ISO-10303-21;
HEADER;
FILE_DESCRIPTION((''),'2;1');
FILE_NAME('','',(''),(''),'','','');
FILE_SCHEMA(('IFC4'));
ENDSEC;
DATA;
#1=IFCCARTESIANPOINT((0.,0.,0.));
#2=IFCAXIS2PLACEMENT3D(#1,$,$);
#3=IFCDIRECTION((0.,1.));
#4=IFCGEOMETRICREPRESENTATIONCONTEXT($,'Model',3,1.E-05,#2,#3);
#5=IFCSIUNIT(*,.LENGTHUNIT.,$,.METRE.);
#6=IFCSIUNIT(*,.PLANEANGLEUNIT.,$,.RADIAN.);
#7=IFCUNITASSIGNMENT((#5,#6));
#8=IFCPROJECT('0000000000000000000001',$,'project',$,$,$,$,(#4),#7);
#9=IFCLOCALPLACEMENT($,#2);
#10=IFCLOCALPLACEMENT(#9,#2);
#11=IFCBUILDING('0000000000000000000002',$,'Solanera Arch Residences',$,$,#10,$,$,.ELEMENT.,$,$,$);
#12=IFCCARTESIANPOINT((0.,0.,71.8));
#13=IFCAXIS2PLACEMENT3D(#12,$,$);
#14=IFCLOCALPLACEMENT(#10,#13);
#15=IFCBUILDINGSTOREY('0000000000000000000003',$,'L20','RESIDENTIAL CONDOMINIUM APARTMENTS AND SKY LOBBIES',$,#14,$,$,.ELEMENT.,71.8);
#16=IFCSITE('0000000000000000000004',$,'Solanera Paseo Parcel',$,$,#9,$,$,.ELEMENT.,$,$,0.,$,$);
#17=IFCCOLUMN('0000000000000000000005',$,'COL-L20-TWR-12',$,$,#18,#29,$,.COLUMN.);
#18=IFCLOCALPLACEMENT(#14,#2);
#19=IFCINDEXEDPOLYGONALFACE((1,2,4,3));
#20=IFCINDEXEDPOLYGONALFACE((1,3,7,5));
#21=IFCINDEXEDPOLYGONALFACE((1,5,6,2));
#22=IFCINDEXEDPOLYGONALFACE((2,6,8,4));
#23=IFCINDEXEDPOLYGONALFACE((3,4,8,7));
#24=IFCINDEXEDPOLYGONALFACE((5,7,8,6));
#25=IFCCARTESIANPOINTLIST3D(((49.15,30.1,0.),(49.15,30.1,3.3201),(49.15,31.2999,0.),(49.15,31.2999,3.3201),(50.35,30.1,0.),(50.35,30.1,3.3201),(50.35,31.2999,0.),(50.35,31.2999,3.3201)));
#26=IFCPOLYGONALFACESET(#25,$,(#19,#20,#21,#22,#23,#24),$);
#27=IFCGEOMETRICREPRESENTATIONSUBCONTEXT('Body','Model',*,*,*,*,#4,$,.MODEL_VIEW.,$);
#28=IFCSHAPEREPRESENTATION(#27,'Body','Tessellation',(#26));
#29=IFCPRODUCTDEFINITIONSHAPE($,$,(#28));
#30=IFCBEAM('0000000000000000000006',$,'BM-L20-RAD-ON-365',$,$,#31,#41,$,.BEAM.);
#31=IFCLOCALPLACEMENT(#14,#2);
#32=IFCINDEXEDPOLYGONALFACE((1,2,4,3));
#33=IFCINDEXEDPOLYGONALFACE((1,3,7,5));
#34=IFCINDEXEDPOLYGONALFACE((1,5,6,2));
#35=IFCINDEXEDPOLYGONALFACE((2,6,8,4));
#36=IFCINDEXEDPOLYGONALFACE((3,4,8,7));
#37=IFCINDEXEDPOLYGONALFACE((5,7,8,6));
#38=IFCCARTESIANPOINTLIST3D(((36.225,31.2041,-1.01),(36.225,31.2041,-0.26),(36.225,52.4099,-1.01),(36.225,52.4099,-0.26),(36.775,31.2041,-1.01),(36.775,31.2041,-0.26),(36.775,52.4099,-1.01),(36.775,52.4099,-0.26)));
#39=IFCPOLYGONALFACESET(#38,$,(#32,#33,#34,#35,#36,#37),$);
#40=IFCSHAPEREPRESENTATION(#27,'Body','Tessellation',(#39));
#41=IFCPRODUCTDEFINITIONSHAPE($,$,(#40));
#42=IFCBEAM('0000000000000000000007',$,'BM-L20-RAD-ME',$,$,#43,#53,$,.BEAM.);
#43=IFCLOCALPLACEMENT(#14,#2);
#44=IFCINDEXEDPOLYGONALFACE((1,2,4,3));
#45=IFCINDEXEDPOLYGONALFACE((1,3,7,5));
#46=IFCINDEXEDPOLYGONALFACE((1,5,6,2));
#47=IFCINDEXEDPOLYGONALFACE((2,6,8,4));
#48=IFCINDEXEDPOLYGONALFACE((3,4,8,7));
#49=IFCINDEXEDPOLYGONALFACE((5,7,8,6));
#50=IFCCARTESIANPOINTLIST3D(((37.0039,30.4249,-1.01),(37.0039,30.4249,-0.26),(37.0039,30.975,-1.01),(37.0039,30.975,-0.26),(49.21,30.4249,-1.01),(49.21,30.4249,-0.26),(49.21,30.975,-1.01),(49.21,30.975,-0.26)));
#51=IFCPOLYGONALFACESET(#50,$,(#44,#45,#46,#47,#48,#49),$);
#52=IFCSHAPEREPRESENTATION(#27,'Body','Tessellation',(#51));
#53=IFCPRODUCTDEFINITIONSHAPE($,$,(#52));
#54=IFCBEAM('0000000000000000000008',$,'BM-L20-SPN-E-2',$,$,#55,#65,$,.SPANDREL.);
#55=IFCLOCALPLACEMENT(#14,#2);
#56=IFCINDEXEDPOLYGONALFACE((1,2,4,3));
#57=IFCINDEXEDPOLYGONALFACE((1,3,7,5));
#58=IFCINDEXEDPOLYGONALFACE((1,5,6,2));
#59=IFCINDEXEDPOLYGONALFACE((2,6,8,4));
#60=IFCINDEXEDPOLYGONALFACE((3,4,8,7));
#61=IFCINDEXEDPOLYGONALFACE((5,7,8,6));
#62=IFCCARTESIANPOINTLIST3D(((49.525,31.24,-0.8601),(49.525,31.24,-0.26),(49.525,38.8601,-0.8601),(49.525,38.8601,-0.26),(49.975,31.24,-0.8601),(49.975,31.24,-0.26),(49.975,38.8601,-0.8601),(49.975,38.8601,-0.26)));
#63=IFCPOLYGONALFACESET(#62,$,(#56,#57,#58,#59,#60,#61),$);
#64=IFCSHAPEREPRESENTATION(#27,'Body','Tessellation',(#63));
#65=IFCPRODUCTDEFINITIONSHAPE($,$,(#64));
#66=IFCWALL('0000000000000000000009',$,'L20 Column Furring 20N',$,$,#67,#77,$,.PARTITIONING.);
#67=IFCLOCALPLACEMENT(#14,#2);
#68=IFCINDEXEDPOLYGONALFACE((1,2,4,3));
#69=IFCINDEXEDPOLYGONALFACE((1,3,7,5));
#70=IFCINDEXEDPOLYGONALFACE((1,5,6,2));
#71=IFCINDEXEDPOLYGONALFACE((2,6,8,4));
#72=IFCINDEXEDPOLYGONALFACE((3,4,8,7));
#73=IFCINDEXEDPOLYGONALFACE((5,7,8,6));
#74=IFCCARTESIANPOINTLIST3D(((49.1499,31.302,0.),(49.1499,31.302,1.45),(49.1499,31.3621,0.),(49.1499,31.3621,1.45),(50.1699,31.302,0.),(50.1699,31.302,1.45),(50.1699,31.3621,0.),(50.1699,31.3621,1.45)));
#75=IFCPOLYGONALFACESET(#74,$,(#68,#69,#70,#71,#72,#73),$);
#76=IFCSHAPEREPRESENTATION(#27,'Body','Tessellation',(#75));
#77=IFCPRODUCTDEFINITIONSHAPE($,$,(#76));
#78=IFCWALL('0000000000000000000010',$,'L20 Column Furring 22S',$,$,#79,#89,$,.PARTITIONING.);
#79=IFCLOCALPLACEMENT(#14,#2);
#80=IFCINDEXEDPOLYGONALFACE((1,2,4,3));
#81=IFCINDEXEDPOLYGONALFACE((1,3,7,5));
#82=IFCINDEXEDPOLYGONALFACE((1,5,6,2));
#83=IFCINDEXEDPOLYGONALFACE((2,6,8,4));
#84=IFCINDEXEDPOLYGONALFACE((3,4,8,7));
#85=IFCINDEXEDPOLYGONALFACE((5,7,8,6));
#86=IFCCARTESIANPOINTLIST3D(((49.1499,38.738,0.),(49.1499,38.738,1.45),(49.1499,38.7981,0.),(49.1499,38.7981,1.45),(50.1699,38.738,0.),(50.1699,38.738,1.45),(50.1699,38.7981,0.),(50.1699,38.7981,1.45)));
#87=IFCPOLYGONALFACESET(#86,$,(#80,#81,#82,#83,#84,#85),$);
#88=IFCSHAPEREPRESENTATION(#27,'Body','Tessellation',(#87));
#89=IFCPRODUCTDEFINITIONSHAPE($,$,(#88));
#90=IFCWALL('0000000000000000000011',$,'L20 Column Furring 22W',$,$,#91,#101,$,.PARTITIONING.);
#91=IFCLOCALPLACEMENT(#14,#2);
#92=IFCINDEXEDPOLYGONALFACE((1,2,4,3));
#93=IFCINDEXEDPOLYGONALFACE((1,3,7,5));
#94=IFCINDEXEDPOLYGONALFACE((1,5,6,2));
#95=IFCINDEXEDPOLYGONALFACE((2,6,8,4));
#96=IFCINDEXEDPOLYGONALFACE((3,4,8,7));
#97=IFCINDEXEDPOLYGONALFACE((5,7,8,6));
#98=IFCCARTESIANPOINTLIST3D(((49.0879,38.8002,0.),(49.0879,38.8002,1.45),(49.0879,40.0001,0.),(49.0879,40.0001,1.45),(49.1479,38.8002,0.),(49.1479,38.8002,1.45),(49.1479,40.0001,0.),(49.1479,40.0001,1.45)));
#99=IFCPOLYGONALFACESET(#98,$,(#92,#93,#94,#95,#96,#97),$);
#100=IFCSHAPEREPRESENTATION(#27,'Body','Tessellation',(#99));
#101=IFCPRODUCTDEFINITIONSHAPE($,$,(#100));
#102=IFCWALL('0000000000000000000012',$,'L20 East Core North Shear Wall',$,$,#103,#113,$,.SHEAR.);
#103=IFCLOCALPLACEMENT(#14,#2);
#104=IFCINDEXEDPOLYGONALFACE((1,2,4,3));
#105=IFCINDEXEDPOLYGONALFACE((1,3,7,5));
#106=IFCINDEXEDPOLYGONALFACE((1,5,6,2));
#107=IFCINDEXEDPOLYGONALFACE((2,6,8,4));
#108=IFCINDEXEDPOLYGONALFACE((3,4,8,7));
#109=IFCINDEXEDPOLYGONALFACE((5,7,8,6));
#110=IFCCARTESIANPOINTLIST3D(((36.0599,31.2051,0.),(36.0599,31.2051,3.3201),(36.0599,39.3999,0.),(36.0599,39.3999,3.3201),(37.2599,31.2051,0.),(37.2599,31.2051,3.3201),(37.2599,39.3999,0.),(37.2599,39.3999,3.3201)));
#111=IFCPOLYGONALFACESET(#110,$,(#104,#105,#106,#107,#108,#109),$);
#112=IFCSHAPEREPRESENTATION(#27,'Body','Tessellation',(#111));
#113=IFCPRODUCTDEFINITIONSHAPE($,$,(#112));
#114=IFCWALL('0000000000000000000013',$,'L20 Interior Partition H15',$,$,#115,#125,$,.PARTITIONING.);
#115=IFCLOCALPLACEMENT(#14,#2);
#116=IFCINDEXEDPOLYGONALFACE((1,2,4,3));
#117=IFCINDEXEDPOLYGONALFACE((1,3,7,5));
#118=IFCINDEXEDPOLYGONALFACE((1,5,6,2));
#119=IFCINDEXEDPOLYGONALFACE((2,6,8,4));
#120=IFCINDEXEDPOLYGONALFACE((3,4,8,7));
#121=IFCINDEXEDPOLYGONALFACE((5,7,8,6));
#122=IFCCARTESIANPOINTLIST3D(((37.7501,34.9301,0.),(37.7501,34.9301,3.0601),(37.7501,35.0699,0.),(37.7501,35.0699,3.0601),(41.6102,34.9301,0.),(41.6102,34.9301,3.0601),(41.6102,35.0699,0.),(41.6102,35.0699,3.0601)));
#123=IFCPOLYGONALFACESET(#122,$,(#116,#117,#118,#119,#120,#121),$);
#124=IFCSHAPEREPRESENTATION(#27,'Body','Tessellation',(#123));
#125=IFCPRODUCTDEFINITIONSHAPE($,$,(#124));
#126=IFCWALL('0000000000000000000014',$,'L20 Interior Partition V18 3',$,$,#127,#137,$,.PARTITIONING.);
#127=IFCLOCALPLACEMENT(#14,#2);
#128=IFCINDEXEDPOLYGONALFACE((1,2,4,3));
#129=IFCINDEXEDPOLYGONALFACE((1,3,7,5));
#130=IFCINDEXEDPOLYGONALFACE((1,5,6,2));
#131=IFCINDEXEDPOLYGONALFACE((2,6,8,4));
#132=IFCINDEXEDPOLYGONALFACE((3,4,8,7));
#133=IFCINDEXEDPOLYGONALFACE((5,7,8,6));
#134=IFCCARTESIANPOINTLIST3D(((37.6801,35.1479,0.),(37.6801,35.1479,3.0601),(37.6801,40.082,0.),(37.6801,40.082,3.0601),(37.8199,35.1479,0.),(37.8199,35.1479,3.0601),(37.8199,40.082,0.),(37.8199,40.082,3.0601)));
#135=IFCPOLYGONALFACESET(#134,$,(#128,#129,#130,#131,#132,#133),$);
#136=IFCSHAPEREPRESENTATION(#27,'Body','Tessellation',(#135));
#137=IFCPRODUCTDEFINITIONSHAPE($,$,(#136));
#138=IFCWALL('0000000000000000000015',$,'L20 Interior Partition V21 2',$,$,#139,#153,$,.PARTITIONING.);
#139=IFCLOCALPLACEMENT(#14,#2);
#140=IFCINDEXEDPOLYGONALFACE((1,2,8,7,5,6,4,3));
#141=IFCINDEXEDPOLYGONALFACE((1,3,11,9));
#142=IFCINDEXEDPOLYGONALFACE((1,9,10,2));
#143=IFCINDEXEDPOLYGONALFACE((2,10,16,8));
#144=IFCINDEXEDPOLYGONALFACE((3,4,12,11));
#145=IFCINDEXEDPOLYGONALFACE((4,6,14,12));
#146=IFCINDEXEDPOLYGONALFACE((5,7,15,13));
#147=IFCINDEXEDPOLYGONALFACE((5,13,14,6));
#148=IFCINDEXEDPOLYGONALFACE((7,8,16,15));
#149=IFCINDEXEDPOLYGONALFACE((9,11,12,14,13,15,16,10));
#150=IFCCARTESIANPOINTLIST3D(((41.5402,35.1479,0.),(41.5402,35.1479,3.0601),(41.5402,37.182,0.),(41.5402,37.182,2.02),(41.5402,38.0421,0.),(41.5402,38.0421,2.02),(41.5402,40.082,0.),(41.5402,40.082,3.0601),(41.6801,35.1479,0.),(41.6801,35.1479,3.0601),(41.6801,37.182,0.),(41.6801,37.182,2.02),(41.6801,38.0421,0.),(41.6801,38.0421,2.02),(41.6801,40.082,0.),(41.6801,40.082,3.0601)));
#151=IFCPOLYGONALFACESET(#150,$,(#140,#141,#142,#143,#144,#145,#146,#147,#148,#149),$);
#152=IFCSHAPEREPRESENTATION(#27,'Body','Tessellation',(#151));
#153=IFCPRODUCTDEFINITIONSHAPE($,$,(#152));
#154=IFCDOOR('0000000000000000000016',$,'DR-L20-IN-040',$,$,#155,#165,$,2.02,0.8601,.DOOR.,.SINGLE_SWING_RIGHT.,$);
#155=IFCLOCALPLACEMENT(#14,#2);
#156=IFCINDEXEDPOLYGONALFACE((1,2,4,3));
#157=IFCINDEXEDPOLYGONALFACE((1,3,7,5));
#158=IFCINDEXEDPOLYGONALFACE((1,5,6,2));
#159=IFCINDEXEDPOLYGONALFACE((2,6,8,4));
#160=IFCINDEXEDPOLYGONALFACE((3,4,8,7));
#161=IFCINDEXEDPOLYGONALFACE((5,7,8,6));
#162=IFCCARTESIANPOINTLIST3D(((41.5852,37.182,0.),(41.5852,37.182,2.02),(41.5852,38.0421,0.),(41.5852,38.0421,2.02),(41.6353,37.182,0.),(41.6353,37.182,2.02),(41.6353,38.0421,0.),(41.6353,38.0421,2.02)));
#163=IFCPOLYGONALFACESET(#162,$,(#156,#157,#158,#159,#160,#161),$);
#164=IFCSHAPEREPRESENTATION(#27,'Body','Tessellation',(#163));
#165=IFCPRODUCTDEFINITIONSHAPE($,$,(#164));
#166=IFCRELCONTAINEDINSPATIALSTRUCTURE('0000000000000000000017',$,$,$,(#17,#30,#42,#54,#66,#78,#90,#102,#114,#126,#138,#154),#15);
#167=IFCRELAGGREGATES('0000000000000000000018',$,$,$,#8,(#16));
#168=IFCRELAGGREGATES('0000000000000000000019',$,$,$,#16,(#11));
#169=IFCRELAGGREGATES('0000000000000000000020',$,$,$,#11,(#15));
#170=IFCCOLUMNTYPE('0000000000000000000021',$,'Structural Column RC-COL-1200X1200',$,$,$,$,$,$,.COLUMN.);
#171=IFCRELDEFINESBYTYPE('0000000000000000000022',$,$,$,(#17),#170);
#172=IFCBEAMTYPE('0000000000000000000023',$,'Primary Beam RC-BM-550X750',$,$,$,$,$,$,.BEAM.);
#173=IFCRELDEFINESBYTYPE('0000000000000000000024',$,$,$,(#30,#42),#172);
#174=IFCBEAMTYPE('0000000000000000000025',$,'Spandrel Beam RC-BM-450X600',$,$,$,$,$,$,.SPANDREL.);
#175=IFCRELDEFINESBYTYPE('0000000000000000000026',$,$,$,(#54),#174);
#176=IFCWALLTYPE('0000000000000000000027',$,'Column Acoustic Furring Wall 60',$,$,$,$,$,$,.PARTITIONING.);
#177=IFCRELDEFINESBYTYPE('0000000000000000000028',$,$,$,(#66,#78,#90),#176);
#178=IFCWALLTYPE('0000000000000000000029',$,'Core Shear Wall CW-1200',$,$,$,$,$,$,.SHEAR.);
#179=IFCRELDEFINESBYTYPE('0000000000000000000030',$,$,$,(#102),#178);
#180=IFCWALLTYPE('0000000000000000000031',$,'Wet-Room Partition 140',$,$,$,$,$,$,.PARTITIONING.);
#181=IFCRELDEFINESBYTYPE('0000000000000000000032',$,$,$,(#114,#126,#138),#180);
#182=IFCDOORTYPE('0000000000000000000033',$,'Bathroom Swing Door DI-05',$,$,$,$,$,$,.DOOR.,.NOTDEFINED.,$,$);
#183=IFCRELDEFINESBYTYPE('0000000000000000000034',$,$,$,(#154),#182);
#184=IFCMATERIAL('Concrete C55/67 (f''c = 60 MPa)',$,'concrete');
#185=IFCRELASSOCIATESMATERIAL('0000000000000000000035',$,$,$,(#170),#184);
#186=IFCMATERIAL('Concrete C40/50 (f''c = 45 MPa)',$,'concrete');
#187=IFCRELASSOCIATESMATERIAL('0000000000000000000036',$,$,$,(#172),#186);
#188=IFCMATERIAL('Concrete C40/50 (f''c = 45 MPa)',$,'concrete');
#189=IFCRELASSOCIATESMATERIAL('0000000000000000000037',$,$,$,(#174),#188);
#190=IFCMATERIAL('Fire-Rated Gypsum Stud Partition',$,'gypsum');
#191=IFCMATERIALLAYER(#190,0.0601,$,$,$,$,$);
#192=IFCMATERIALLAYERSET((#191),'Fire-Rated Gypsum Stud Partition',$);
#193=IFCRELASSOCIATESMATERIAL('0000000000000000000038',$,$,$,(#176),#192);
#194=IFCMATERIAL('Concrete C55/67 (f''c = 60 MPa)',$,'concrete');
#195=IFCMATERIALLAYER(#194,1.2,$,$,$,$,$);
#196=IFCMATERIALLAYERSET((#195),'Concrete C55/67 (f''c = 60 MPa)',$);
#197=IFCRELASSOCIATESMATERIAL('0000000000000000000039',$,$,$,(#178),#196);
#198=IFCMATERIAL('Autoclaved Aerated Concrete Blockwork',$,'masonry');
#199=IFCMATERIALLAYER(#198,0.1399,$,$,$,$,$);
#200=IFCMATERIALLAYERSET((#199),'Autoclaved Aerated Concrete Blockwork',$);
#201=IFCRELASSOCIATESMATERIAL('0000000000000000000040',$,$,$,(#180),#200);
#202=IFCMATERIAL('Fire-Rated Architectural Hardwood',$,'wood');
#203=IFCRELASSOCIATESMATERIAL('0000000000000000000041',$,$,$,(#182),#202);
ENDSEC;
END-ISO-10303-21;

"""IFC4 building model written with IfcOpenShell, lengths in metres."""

from ifc_helpers import new_model, si_unit, direction, frame, frame_2d, origin, origin_2d, place, context, subcontext, project, spatial, rectangle, extrude, material, layer, layer_set, material_profile, profile_set, type_object, element, fill, save


model = new_model("IFC4")

# Units and contexts
model_context = context("Model", 3, precision=1e-05, world=origin(), true_north=direction((0.0, 1.0)))
body_context = subcontext(model_context, "Body", "Model", "MODEL_VIEW")
ifc_project = project(units=[si_unit("LENGTHUNIT", "METRE"), si_unit("PLANEANGLEUNIT", "RADIAN")], contexts=[model_context])

# Site, building, storey
site_placement = place(None, origin())
site = spatial("IfcSite", under=ifc_project, at=site_placement, Name="Solanera Paseo Parcel", CompositionType="ELEMENT", RefElevation=0.0)
building_placement = place(site_placement, origin())
building = spatial("IfcBuilding", under=site, at=building_placement, Name="Solanera Arch Residences", CompositionType="ELEMENT")
storey_placement = place(building_placement, frame((0.0, 0.0, 71.8)))
storey = spatial("IfcBuildingStorey", under=building, at=storey_placement, Name="L20", Description="RESIDENTIAL CONDOMINIUM APARTMENTS AND SKY LOBBIES", CompositionType="ELEMENT", Elevation=71.8)

# Column
ifc_material_1 = material(Name="Concrete C55/67 (f'c = 60 MPa)", Category="concrete")
ifc_material_profile_1 = material_profile(ifc_material_1, rectangle(XDim=1.2, YDim=1.2, at=origin_2d()))
ifc_profile_set_1 = profile_set([ifc_material_profile_1], Name="Concrete C55/67 (f'c = 60 MPa)")
column_type = type_object("IfcColumnType", Name="Structural Column RC-COL-1200X1200", PredefinedType="COLUMN", material=ifc_profile_set_1)
column_placement = place(storey_placement, frame((49.75, 30.7, 0.0), z_axis=(0.0, 0.0, 1.0), x_axis=(1.0, 0.0, 0.0)))
element("IfcColumn", 1, at=column_placement, inside=storey, type_object=column_type, Name="COL-L20-TWR-12", PredefinedType="COLUMN", context=body_context, shape_type="SweptSolid", body=[
    extrude(rectangle(XDim=1.2, YDim=1.2, at=origin_2d()), origin(), (0.0, 0.0, 1.0), 3.3201),
])

# Beams
ifc_material_2 = material(Name="Concrete C40/50 (f'c = 45 MPa)", Category="concrete")
ifc_material_profile_2 = material_profile(ifc_material_2, rectangle(XDim=0.55, YDim=0.75, at=origin_2d()))
ifc_profile_set_2 = profile_set([ifc_material_profile_2], Name="Concrete C40/50 (f'c = 45 MPa)")
beam_type_1 = type_object("IfcBeamType", Name="Primary Beam RC-BM-550X750", PredefinedType="BEAM", material=ifc_profile_set_2)
beam_1_placement = place(storey_placement, frame((36.5, 31.2041, -0.635), z_axis=(0.0, 1.0, 0.0), x_axis=(-1.0, 0.0, 0.0)))
element("IfcBeam", 2, at=beam_1_placement, inside=storey, type_object=beam_type_1, Name="BM-L20-RAD-ON-365", PredefinedType="BEAM", context=body_context, shape_type="SweptSolid", body=[
    extrude(rectangle(XDim=0.55, YDim=0.75, at=origin_2d()), origin(), (0.0, 0.0, 1.0), 21.2058),
])
beam_2_placement = place(storey_placement, frame((37.0039, 30.7, -0.635), z_axis=(1.0, 0.0, 0.0), x_axis=(0.0, 1.0, 0.0)))
element("IfcBeam", 3, at=beam_2_placement, inside=storey, type_object=beam_type_1, Name="BM-L20-RAD-ME", PredefinedType="BEAM", context=body_context, shape_type="SweptSolid", body=[
    extrude(rectangle(XDim=0.55, YDim=0.75, at=origin_2d()), origin(), (0.0, 0.0, 1.0), 12.2061),
])
ifc_material_3 = material(Name="Concrete C40/50 (f'c = 45 MPa)", Category="concrete")
ifc_material_profile_3 = material_profile(ifc_material_3, rectangle(XDim=0.45, YDim=0.6001, at=origin_2d()))
ifc_profile_set_3 = profile_set([ifc_material_profile_3], Name="Concrete C40/50 (f'c = 45 MPa)")
beam_type_2 = type_object("IfcBeamType", Name="Spandrel Beam RC-BM-450X600", PredefinedType="SPANDREL", material=ifc_profile_set_3)
beam_3_placement = place(storey_placement, frame((49.75, 31.24, -0.5601), z_axis=(0.0, 1.0, 0.0), x_axis=(-1.0, 0.0, 0.0)))
element("IfcBeam", 4, at=beam_3_placement, inside=storey, type_object=beam_type_2, Name="BM-L20-SPN-E-2", PredefinedType="SPANDREL", context=body_context, shape_type="SweptSolid", body=[
    extrude(rectangle(XDim=0.45, YDim=0.6001, at=origin_2d()), origin(), (0.0, 0.0, 1.0), 7.6201),
])

# Walls
ifc_material_4 = material(Name="Fire-Rated Gypsum Stud Partition", Category="gypsum")
ifc_layer_1 = layer(ifc_material_4, 0.0601)
ifc_layer_set_1 = layer_set([ifc_layer_1], Name="Fire-Rated Gypsum Stud Partition")
wall_type_1 = type_object("IfcWallType", Name="Column Acoustic Furring Wall 60", PredefinedType="PARTITIONING", material=ifc_layer_set_1)
for number, where, z_axis, x_axis, name in (
    (5, (49.1499, 31.332, 0.0), (0.0, 0.0, 1.0), (1.0, 0.0, 0.0), "L20 Column Furring 20N"),
    (6, (49.1499, 38.7681, 0.0), (0.0, 0.0, 1.0), (1.0, 0.0, 0.0), "L20 Column Furring 22S"),
):
    element("IfcWall", number, at=place(storey_placement, frame(where, z_axis=z_axis, x_axis=x_axis)), inside=storey, type_object=wall_type_1, Name=name, PredefinedType="PARTITIONING", context=body_context, shape_type="SweptSolid", body=[
        extrude(rectangle(XDim=1.02, YDim=0.0601, at=frame_2d((0.51, 0.0))), origin(), (0.0, 0.0, 1.0), 1.45),
    ])
wall_1_placement = place(storey_placement, frame((49.1179, 38.8, 0.0), z_axis=(0.0, 0.0, 1.0), x_axis=(0.0, 1.0, 0.0)))
element("IfcWall", 7, at=wall_1_placement, inside=storey, type_object=wall_type_1, Name="L20 Column Furring 22W", PredefinedType="PARTITIONING", context=body_context, shape_type="SweptSolid", body=[
    extrude(rectangle(XDim=1.2, YDim=0.0601, at=frame_2d((0.6001, 0.0))), origin(), (0.0, 0.0, 1.0), 1.45),
])
ifc_material_5 = material(Name="Concrete C55/67 (f'c = 60 MPa)", Category="concrete")
ifc_layer_2 = layer(ifc_material_5, 1.2)
ifc_layer_set_2 = layer_set([ifc_layer_2], Name="Concrete C55/67 (f'c = 60 MPa)")
wall_type_2 = type_object("IfcWallType", Name="Core Shear Wall CW-1200", PredefinedType="SHEAR", material=ifc_layer_set_2)
wall_2_placement = place(storey_placement, frame((36.6599, 31.2051, 0.0), z_axis=(0.0, 0.0, 1.0), x_axis=(0.0, 1.0, 0.0)))
element("IfcWall", 8, at=wall_2_placement, inside=storey, type_object=wall_type_2, Name="L20 East Core North Shear Wall", PredefinedType="SHEAR", context=body_context, shape_type="SweptSolid", body=[
    extrude(rectangle(XDim=8.1948, YDim=1.2, at=frame_2d((4.0974, 0.0))), origin(), (0.0, 0.0, 1.0), 3.3201),
])
ifc_material_6 = material(Name="Autoclaved Aerated Concrete Blockwork", Category="masonry")
ifc_layer_3 = layer(ifc_material_6, 0.1399)
ifc_layer_set_3 = layer_set([ifc_layer_3], Name="Autoclaved Aerated Concrete Blockwork")
wall_type_3 = type_object("IfcWallType", Name="Wet-Room Partition 140", PredefinedType="PARTITIONING", material=ifc_layer_set_3)
wall_3_placement = place(storey_placement, frame((37.75, 35.0, 0.0), z_axis=(0.0, 0.0, 1.0), x_axis=(1.0, 0.0, 0.0)))
element("IfcWall", 9, at=wall_3_placement, inside=storey, type_object=wall_type_3, Name="L20 Interior Partition H15", PredefinedType="PARTITIONING", context=body_context, shape_type="SweptSolid", body=[
    extrude(rectangle(XDim=3.8601, YDim=0.1399, at=frame_2d((1.9302, 0.0))), origin(), (0.0, 0.0, 1.0), 3.0601),
])
wall_4_placement = place(storey_placement, frame((37.75, 35.1479, 0.0), z_axis=(0.0, 0.0, 1.0), x_axis=(0.0, 1.0, 0.0)))
element("IfcWall", 10, at=wall_4_placement, inside=storey, type_object=wall_type_3, Name="L20 Interior Partition V18 3", PredefinedType="PARTITIONING", context=body_context, shape_type="SweptSolid", body=[
    extrude(rectangle(XDim=4.9341, YDim=0.1399, at=frame_2d((2.467, 0.0))), origin(), (0.0, 0.0, 1.0), 3.0601),
])

# Wall, opening, door
wall_5_placement = place(storey_placement, frame((41.6101, 35.1479, 0.0), z_axis=(0.0, 0.0, 1.0), x_axis=(0.0, 1.0, 0.0)))
wall_5 = element("IfcWall", 11, at=wall_5_placement, inside=storey, type_object=wall_type_3, Name="L20 Interior Partition V21 2", PredefinedType="PARTITIONING", context=body_context, shape_type="SweptSolid", body=[
    extrude(rectangle(XDim=4.9341, YDim=0.1399, at=frame_2d((2.467, 0.0))), origin(), (0.0, 0.0, 1.0), 3.0601),
])
opening_placement = place(wall_5_placement, frame((2.0339, 0.0, 0.0)))
opening = element("IfcOpeningElement", 12, at=opening_placement, cuts=wall_5, PredefinedType="OPENING", context=body_context, shape_type="SweptSolid", body=[
    extrude(rectangle(XDim=0.8601, YDim=2.02, at=frame_2d((0.4302, 1.01))), frame((0.0, 0.0798, 0.0), z_axis=(0.0, -1.0, 0.0), x_axis=(1.0, 0.0, 0.0)), (0.0, 0.0, 1.0), 0.1599),
])
ifc_material_7 = material(Name="Fire-Rated Architectural Hardwood", Category="wood")
door_type = type_object("IfcDoorType", Name="Bathroom Swing Door DI-05", OperationType="NOTDEFINED", PredefinedType="DOOR", material=ifc_material_7)
door_placement = place(opening_placement, origin())
door = element("IfcDoor", 13, at=door_placement, inside=storey, type_object=door_type, Name="DR-L20-IN-040", OperationType="SINGLE_SWING_RIGHT", OverallHeight=2.02, OverallWidth=0.8601, PredefinedType="DOOR", context=body_context, shape_type="SweptSolid", body=[
    extrude(rectangle(XDim=0.8601, YDim=2.02, at=frame_2d((0.4302, 1.01))), frame((0.0, 0.0249, 0.0), z_axis=(0.0, -1.0, 0.0), x_axis=(1.0, 0.0, 0.0)), (0.0, 0.0, 1.0), 0.05),
])
fill(opening, door)

save(model, "model.ifc")
